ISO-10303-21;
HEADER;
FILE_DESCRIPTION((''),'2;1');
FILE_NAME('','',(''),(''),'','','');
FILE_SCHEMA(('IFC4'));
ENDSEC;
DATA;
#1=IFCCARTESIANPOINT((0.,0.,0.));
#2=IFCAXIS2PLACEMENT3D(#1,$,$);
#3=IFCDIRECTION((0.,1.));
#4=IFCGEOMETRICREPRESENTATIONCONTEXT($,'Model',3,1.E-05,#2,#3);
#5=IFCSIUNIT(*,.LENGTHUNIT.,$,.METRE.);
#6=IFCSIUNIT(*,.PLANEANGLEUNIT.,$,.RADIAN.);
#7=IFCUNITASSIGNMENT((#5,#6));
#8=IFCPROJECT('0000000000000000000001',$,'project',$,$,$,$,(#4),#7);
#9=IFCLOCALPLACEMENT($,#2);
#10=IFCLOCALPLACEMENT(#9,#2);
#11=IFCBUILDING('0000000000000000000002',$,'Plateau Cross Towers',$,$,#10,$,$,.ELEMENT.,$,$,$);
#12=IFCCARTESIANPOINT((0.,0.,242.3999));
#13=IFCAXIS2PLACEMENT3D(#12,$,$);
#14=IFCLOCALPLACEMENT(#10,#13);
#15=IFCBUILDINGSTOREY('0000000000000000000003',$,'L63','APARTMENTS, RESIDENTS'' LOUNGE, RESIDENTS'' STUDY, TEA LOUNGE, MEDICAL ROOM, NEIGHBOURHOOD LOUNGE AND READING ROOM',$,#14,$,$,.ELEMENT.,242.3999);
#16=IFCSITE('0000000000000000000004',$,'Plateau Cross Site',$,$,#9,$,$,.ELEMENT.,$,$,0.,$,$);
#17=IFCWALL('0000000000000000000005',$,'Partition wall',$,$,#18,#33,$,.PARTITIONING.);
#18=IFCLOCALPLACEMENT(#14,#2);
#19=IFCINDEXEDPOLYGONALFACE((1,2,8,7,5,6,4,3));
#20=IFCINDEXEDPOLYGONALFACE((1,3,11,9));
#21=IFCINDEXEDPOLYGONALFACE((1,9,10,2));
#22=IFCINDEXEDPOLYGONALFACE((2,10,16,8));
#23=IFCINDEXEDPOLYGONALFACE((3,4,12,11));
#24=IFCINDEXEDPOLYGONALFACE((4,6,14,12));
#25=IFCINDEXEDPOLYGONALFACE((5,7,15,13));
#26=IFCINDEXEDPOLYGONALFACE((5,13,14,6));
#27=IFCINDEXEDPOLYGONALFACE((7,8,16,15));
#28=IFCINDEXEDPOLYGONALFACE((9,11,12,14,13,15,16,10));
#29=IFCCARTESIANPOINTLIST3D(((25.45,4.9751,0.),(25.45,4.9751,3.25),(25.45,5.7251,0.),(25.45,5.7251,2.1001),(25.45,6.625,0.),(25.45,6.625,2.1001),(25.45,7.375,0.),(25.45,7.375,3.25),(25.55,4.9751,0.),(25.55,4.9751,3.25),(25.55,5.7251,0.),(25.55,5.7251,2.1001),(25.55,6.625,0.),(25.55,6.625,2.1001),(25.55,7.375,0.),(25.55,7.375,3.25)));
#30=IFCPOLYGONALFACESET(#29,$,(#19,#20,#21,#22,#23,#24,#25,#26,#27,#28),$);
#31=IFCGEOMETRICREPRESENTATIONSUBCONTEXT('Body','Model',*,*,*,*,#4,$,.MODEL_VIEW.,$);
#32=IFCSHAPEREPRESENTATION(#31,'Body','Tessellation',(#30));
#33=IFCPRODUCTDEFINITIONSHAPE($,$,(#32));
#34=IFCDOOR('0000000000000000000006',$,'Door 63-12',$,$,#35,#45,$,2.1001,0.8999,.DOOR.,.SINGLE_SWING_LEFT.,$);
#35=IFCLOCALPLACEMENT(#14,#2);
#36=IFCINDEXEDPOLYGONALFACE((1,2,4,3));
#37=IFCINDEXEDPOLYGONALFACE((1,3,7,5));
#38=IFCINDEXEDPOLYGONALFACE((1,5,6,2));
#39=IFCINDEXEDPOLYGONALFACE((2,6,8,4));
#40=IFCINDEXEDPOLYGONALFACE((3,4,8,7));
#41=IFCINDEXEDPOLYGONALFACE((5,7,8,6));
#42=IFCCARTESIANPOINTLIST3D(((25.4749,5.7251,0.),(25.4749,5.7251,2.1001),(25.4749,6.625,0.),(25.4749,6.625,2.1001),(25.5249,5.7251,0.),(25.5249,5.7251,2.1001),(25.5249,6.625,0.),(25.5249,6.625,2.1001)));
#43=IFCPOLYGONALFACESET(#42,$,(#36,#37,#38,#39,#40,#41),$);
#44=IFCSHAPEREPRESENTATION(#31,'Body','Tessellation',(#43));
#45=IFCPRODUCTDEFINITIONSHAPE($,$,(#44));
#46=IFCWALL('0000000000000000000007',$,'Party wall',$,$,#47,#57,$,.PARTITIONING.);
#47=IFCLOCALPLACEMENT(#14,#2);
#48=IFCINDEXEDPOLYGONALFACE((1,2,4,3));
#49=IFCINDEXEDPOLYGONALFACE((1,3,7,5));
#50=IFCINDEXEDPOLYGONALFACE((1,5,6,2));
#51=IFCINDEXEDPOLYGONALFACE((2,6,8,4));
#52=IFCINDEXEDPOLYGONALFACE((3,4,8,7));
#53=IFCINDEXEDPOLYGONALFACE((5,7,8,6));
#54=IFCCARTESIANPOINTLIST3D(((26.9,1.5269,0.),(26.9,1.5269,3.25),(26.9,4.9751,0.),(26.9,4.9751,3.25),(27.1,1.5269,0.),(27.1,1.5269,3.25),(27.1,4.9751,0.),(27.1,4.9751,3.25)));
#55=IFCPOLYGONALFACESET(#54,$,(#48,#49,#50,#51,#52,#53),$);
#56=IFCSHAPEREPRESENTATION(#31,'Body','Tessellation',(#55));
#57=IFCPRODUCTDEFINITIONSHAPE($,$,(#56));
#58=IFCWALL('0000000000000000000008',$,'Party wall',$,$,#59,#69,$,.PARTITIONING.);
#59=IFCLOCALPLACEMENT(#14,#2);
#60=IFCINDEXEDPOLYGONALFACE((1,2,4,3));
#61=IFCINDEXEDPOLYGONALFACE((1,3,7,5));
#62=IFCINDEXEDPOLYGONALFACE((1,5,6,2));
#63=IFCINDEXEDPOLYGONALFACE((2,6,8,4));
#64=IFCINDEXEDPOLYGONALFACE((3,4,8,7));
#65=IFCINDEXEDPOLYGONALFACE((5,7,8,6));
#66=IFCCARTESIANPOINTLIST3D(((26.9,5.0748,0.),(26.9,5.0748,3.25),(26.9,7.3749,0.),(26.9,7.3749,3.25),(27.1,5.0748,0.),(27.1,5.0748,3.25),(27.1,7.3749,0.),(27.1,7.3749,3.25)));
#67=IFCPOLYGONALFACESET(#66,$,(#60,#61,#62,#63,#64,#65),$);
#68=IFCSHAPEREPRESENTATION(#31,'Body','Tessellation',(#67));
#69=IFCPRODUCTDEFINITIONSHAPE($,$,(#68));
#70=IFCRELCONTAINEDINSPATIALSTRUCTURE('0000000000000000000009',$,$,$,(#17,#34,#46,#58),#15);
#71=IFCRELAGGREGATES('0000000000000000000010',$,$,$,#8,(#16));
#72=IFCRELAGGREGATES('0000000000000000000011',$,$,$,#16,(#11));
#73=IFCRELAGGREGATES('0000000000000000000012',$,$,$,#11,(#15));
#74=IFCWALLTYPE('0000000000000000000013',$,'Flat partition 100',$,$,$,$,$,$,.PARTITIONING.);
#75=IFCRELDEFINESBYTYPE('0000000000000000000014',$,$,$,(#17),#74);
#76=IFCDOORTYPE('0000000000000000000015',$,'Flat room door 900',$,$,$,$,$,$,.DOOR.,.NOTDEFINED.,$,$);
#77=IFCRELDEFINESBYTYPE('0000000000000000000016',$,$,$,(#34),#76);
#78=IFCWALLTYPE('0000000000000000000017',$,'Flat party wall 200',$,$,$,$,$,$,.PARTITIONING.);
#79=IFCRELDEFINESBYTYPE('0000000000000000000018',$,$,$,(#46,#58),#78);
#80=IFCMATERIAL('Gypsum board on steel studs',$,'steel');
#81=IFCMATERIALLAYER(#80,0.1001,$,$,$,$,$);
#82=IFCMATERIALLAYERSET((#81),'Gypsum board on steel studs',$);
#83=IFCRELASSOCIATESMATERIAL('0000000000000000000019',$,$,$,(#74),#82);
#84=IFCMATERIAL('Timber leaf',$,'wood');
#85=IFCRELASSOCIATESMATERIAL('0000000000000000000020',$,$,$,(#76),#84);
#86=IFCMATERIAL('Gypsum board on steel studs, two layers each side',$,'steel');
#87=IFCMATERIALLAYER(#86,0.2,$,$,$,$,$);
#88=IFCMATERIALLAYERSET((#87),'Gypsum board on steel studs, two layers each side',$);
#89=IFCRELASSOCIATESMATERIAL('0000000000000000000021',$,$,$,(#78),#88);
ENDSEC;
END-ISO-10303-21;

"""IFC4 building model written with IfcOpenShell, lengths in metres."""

from ifc_helpers import new_model, si_unit, direction, frame, frame_2d, origin, place, context, subcontext, project, spatial, rectangle, extrude, material, layer, layer_set, type_object, element, fill, save


model = new_model("IFC4")

# Units and contexts
model_context = context("Model", 3, precision=1e-05, world=origin(), true_north=direction((0.0, 1.0)))
body_context = subcontext(model_context, "Body", "Model", "MODEL_VIEW")
ifc_project = project(units=[si_unit("LENGTHUNIT", "METRE"), si_unit("PLANEANGLEUNIT", "RADIAN")], contexts=[model_context])

# Site, building, storey
site_placement = place(None, origin())
site = spatial("IfcSite", under=ifc_project, at=site_placement, Name="Plateau Cross Site", CompositionType="ELEMENT", RefElevation=0.0)
building_placement = place(site_placement, origin())
building = spatial("IfcBuilding", under=site, at=building_placement, Name="Plateau Cross Towers", CompositionType="ELEMENT")
storey_placement = place(building_placement, frame((0.0, 0.0, 242.3999)))
storey = spatial("IfcBuildingStorey", under=building, at=storey_placement, Name="L63", Description="APARTMENTS, RESIDENTS' LOUNGE, RESIDENTS' STUDY, TEA LOUNGE, MEDICAL ROOM, NEIGHBOURHOOD LOUNGE AND READING ROOM", CompositionType="ELEMENT", Elevation=242.3999)

# Shared definitions
ifc_material_1 = material(Name="Gypsum board on steel studs", Category="steel")
ifc_layer_1 = layer(ifc_material_1, 0.1001)
ifc_layer_set_1 = layer_set([ifc_layer_1], Name="Gypsum board on steel studs")
wall_type_1 = type_object("IfcWallType", Name="Flat partition 100", PredefinedType="PARTITIONING", material=ifc_layer_set_1)

# Wall, opening, door
ifc_material_2 = material(Name="Timber leaf", Category="wood")
door_type_1 = type_object("IfcDoorType", Name="Flat room door 900", OperationType="NOTDEFINED", PredefinedType="DOOR", material=ifc_material_2)
wall_1_placement = place(storey_placement, frame((25.5, 7.375, 0.0), z_axis=(0.0, 0.0, 1.0), x_axis=(0.0, -1.0, 0.0)))
wall_1 = element("IfcWall", 1, at=wall_1_placement, inside=storey, type_object=wall_type_1, Name="Partition wall", PredefinedType="PARTITIONING", context=body_context, shape_type="SweptSolid", body=[
    extrude(rectangle(XDim=2.3999, YDim=0.1001, at=frame_2d((1.2, 0.0))), origin(), (0.0, 0.0, 1.0), 3.25),
])
opening_1_placement = place(wall_1_placement, frame((0.75, 0.0, 0.0)))
opening_1 = element("IfcOpeningElement", 2, at=opening_1_placement, cuts=wall_1, PredefinedType="OPENING", context=body_context, shape_type="SweptSolid", body=[
    extrude(rectangle(XDim=0.8999, YDim=2.1001, at=frame_2d((0.45, 1.05))), frame((0.0, 0.0601, 0.0), z_axis=(0.0, -1.0, 0.0), x_axis=(1.0, 0.0, 0.0)), (0.0, 0.0, 1.0), 0.1201),
])
door_1_placement = place(opening_1_placement, origin())
door_1 = element("IfcDoor", 3, at=door_1_placement, inside=storey, type_object=door_type_1, Name="Door 63-12", OperationType="SINGLE_SWING_LEFT", OverallHeight=2.1001, OverallWidth=0.8999, PredefinedType="DOOR", context=body_context, shape_type="SweptSolid", body=[
    extrude(rectangle(XDim=0.8999, YDim=2.1001, at=frame_2d((0.45, 1.05))), frame((0.0, 0.0249, 0.0), z_axis=(0.0, -1.0, 0.0), x_axis=(1.0, 0.0, 0.0)), (0.0, 0.0, 1.0), 0.05),
])
fill(opening_1, door_1)

# Walls
ifc_material_3 = material(Name="Gypsum board on steel studs, two layers each side", Category="steel")
ifc_layer_2 = layer(ifc_material_3, 0.2)
ifc_layer_set_2 = layer_set([ifc_layer_2], Name="Gypsum board on steel studs, two layers each side")
wall_type_2 = type_object("IfcWallType", Name="Flat party wall 200", PredefinedType="PARTITIONING", material=ifc_layer_set_2)
wall_2_placement = place(storey_placement, frame((27.0, 4.9751, 0.0), z_axis=(0.0, 0.0, 1.0), x_axis=(0.0, -1.0, 0.0)))
element("IfcWall", 4, at=wall_2_placement, inside=storey, type_object=wall_type_2, Name="Party wall", PredefinedType="PARTITIONING", context=body_context, shape_type="SweptSolid", body=[
    extrude(rectangle(XDim=3.4482, YDim=0.2, at=frame_2d((1.7241, 0.0))), origin(), (0.0, 0.0, 1.0), 3.25),
])
wall_3_placement = place(storey_placement, frame((27.0, 5.075, 0.0), z_axis=(0.0, 0.0, 1.0), x_axis=(0.0, 1.0, 0.0)))
element("IfcWall", 5, at=wall_3_placement, inside=storey, type_object=wall_type_2, Name="Party wall", PredefinedType="PARTITIONING", context=body_context, shape_type="SweptSolid", body=[
    extrude(rectangle(XDim=2.3, YDim=0.2, at=frame_2d((1.1499, 0.0))), origin(), (0.0, 0.0, 1.0), 3.25),
])

save(model, "model.ifc")
